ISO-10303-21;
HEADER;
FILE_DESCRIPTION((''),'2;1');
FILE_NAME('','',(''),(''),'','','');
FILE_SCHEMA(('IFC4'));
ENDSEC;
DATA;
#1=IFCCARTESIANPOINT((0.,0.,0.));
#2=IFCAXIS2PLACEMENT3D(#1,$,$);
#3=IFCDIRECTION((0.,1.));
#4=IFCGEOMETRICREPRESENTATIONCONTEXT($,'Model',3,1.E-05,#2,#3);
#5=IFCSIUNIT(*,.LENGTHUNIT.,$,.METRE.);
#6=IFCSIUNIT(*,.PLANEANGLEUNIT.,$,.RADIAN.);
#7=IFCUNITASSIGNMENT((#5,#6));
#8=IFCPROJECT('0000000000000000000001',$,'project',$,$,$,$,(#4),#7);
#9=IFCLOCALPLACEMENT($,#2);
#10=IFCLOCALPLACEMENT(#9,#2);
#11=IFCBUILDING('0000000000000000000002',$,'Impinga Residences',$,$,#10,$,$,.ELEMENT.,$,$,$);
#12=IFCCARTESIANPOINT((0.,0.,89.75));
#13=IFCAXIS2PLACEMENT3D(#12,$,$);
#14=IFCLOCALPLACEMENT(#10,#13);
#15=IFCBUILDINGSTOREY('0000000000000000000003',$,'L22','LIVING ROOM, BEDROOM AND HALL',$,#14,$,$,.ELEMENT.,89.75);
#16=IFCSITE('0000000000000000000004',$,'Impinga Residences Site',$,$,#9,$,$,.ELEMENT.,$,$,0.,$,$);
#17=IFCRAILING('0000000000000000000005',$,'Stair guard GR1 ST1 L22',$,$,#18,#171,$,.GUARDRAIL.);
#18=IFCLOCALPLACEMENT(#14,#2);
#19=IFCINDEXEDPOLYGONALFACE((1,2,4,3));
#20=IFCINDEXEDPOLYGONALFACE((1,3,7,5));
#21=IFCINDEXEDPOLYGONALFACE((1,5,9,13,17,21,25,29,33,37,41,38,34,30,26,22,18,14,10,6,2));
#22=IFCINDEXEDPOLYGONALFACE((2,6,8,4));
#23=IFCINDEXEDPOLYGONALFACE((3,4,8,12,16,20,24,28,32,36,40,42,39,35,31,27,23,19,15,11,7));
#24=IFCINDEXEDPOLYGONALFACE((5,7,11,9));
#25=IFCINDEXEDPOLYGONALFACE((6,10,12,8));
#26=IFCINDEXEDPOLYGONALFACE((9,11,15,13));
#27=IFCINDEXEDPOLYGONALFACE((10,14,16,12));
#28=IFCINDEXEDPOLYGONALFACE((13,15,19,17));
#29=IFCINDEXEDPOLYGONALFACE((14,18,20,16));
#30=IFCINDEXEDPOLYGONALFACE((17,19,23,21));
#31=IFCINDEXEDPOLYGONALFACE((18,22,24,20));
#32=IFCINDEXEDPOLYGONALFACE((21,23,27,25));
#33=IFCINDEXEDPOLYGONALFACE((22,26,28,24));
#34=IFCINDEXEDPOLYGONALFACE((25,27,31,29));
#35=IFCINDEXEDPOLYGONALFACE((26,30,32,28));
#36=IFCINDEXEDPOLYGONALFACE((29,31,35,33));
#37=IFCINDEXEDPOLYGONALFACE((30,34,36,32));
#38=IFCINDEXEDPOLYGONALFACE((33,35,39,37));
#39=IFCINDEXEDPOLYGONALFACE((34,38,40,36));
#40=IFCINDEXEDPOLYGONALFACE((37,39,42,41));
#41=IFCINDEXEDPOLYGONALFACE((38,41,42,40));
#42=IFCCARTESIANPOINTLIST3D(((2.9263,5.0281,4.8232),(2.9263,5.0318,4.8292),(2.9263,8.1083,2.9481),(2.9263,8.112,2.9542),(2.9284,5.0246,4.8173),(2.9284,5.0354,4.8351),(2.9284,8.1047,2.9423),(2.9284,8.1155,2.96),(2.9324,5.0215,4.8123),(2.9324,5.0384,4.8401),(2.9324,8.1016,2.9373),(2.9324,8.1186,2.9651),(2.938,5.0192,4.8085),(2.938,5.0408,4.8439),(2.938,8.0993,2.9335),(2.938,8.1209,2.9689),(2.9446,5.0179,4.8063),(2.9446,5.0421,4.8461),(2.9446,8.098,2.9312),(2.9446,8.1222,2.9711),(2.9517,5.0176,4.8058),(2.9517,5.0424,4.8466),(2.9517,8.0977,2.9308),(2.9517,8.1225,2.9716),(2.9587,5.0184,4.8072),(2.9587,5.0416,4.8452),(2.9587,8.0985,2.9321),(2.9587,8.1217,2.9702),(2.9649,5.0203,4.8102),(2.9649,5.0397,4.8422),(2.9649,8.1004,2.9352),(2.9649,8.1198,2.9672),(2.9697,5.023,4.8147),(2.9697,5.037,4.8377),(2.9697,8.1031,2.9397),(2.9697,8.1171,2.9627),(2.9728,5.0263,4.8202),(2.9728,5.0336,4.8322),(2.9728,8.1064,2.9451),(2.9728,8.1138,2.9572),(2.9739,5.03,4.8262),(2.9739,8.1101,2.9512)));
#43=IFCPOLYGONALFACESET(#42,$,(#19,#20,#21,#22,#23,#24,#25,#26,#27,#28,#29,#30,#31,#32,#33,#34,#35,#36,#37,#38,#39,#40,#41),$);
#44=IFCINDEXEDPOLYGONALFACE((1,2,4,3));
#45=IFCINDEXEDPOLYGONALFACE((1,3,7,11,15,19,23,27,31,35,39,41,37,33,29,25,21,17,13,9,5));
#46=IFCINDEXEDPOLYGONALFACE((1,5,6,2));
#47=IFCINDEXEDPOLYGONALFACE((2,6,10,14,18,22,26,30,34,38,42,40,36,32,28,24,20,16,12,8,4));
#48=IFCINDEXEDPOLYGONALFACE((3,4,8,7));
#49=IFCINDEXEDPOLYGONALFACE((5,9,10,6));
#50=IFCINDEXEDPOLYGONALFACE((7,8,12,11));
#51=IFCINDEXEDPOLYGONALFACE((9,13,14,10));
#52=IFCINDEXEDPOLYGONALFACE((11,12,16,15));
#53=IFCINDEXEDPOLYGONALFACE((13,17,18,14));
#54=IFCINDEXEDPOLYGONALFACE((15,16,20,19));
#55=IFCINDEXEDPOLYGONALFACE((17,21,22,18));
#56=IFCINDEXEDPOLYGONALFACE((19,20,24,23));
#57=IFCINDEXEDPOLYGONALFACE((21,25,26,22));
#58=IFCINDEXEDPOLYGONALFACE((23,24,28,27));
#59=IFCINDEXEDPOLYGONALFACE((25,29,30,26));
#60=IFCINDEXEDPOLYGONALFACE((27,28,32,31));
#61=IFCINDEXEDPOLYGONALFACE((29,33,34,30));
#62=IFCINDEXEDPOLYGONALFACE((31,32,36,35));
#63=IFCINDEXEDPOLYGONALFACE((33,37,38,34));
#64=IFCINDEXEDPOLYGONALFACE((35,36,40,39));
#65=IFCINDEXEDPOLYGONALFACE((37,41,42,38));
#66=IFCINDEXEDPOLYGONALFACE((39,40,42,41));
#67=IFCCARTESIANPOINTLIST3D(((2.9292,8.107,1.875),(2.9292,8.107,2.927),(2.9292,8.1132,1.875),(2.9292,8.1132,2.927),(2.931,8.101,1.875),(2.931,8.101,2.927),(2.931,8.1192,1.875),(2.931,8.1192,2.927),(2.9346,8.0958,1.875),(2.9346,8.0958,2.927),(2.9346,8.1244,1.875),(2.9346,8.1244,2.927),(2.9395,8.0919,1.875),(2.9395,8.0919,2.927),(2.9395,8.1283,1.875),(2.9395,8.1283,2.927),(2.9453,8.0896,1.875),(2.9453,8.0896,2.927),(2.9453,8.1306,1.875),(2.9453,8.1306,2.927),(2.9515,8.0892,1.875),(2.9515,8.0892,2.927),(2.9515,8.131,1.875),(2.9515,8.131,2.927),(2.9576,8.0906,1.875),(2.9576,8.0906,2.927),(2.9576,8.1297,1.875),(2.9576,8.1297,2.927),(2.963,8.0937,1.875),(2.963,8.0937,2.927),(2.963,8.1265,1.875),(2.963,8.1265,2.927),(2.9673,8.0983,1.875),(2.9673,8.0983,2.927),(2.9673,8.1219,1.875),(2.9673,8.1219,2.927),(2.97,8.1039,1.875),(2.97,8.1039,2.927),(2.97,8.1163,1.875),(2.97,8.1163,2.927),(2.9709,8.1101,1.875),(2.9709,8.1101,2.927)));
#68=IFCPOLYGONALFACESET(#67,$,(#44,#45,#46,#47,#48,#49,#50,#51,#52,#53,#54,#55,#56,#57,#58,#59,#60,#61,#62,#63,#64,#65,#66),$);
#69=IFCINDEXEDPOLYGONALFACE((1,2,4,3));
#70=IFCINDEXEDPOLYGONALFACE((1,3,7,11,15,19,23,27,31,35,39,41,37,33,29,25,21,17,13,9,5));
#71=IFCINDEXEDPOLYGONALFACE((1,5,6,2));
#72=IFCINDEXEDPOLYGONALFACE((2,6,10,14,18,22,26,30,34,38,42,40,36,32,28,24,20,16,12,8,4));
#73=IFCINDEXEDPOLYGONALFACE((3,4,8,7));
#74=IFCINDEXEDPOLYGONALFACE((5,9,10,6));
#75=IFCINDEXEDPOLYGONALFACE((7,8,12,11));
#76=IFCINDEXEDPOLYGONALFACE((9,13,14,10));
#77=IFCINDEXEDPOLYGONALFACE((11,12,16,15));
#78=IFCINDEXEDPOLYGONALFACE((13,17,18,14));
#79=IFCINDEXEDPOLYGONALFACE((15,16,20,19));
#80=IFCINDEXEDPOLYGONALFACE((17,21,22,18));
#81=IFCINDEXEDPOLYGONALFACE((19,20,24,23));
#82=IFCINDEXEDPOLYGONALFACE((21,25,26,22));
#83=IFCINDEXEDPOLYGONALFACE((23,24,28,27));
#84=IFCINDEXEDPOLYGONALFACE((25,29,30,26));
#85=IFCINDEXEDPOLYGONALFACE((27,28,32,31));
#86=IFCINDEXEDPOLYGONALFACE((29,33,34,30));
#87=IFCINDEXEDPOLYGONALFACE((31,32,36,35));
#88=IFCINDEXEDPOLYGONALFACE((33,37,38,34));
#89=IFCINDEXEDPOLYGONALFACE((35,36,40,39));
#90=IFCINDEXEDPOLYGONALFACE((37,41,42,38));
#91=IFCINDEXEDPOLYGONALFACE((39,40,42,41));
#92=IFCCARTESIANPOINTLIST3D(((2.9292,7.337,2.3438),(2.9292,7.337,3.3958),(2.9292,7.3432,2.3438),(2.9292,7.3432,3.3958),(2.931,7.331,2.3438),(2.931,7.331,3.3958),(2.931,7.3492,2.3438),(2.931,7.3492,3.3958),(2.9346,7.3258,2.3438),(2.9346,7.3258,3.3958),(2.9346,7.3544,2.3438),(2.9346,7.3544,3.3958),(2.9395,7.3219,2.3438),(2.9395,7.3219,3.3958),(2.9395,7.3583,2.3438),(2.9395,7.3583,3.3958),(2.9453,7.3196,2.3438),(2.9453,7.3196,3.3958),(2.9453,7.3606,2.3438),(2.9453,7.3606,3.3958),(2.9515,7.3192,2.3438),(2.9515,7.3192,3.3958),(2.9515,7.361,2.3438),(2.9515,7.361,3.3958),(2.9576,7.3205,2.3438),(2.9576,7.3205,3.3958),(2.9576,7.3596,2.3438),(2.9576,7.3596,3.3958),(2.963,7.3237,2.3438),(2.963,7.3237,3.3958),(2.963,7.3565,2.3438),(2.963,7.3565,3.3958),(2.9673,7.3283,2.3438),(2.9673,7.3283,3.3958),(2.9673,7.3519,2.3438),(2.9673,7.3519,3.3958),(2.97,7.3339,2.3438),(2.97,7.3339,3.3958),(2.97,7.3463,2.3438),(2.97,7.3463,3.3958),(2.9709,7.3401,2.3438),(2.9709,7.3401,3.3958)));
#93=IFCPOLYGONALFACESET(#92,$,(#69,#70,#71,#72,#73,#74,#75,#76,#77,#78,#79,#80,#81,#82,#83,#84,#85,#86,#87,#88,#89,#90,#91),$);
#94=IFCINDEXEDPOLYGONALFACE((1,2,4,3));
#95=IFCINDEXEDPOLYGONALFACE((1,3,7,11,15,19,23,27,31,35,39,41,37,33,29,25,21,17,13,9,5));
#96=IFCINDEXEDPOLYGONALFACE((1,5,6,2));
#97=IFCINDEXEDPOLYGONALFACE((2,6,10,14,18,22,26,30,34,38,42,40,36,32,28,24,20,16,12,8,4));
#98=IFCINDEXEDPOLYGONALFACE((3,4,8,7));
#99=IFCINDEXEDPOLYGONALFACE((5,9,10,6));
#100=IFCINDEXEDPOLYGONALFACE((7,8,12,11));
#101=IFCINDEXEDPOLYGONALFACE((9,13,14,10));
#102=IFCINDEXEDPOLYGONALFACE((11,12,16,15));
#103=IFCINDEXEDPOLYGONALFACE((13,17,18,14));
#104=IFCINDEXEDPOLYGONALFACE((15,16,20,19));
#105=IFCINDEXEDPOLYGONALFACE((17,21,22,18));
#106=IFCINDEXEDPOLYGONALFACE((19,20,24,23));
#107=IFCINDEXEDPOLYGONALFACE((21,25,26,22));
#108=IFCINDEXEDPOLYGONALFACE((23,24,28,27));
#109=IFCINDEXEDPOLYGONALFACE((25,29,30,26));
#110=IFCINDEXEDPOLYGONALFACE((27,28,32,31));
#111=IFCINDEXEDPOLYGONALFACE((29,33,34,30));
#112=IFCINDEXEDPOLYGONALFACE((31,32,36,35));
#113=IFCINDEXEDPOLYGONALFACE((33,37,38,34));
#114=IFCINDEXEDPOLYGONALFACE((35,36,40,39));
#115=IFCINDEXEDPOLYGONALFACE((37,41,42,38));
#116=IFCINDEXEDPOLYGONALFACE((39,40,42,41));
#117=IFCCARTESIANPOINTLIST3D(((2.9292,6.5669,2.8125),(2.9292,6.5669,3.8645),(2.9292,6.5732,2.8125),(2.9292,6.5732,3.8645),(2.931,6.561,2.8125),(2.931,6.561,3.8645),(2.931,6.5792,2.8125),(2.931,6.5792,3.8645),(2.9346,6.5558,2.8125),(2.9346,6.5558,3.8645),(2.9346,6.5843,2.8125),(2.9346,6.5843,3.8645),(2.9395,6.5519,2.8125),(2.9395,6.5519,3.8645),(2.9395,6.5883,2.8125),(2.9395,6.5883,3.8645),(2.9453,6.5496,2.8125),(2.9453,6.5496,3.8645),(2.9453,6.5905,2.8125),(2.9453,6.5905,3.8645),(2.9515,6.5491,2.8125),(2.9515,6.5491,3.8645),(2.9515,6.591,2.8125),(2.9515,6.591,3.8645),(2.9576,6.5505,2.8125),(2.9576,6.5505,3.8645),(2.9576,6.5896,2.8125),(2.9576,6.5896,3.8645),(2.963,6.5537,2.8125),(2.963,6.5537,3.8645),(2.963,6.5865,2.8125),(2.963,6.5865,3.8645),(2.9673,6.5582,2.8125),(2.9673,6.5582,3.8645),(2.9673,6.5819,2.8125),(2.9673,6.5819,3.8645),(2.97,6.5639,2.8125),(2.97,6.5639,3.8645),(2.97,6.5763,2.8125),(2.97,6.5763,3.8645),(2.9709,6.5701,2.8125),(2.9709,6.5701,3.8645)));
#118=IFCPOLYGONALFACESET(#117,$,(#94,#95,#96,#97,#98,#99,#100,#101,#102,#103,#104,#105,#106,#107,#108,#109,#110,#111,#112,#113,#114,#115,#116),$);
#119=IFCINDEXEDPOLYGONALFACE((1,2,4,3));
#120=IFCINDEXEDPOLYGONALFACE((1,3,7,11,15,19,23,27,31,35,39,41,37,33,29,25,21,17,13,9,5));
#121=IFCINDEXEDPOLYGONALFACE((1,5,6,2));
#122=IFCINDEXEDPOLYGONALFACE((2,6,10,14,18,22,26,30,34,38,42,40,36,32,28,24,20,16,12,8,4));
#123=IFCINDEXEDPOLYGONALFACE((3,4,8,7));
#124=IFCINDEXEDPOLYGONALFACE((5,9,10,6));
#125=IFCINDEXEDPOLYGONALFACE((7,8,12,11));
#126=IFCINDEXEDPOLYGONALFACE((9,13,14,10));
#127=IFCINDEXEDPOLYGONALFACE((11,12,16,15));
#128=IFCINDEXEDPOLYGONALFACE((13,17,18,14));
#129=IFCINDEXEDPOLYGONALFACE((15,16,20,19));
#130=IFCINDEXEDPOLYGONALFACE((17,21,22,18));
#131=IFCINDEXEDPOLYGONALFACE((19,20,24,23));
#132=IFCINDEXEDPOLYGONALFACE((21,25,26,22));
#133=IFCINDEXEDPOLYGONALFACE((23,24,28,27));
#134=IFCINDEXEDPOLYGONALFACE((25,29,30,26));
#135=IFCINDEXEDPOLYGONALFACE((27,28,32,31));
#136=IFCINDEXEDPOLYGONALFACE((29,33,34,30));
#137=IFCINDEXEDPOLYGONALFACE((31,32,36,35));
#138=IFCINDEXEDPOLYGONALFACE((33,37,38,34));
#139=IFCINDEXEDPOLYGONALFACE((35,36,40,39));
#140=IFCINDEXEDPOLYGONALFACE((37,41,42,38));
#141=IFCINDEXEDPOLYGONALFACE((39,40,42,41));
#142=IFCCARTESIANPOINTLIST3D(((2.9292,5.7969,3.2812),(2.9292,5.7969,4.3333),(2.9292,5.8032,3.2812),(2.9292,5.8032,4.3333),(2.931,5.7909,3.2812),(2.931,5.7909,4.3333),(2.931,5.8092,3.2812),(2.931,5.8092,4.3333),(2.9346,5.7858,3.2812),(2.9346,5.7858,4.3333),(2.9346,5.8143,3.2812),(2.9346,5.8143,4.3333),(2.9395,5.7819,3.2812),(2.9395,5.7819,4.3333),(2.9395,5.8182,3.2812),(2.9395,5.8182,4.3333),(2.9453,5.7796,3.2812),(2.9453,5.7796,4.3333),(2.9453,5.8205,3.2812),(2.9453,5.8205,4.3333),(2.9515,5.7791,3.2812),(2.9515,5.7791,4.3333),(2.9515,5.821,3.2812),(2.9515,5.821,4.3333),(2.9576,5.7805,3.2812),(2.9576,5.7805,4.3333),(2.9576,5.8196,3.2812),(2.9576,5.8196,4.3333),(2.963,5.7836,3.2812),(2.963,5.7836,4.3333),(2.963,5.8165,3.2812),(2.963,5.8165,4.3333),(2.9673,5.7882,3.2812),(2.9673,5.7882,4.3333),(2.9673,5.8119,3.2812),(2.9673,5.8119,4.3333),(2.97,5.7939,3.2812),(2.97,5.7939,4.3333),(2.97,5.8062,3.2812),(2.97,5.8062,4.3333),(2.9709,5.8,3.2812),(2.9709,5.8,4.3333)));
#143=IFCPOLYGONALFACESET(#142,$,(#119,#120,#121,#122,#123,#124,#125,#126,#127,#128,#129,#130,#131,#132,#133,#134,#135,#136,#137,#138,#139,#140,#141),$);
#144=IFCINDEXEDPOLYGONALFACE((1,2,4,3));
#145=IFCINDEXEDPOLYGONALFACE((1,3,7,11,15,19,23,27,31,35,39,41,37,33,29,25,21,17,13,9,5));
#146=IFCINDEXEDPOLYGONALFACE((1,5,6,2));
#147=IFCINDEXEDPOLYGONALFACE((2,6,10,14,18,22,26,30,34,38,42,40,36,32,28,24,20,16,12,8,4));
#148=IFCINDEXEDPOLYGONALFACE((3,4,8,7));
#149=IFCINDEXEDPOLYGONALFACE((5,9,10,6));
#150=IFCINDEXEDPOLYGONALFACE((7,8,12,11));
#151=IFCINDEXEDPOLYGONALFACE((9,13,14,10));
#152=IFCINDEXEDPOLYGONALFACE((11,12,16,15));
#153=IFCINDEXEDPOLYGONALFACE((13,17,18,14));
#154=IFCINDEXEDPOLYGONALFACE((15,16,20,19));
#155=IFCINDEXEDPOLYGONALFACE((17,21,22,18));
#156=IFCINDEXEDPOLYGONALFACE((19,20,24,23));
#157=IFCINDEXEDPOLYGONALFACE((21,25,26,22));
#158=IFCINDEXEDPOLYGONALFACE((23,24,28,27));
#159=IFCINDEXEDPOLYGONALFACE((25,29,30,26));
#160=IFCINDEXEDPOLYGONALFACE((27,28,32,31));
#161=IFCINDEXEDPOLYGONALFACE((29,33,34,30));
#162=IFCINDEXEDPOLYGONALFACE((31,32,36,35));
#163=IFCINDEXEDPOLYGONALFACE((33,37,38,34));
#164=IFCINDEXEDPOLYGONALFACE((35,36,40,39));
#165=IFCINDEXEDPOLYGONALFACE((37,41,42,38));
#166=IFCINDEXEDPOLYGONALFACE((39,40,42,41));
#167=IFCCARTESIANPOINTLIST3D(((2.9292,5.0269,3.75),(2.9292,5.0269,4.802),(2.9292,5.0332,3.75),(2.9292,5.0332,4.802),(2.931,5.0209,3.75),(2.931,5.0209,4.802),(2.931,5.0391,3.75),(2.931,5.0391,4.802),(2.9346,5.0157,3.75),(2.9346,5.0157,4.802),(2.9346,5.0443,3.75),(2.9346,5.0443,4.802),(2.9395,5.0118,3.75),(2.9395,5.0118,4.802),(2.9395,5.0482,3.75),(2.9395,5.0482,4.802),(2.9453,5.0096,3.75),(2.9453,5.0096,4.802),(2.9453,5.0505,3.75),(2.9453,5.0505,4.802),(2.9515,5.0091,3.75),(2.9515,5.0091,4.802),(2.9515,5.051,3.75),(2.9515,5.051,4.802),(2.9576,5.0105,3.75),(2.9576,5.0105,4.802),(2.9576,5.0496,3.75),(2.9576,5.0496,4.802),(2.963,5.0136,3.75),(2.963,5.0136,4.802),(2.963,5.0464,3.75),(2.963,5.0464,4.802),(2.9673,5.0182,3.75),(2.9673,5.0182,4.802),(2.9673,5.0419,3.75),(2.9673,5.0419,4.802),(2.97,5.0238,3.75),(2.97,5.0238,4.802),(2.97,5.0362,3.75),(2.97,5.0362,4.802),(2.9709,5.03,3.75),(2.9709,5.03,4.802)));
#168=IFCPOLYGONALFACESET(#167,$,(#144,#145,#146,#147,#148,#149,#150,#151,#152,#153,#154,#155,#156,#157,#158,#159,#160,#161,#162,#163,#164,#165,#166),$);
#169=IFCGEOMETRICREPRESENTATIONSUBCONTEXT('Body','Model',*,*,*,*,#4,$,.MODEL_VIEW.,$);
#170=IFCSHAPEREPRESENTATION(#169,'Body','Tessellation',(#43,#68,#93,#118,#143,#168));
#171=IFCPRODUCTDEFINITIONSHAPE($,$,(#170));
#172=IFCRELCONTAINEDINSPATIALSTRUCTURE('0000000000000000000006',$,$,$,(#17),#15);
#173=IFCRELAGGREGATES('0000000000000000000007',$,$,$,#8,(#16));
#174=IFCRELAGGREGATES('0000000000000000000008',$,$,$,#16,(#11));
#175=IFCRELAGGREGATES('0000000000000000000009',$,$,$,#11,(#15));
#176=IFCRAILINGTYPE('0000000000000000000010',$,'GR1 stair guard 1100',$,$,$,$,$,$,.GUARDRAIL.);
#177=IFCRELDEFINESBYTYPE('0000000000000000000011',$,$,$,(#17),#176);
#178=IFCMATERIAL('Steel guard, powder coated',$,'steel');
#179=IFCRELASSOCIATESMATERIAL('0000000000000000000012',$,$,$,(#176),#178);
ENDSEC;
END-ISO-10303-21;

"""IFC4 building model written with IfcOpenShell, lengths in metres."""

from ifc_helpers import new_model, si_unit, direction, frame, origin, origin_2d, place, context, subcontext, project, spatial, circle, extrude, material, type_object, element, save


model = new_model("IFC4")

# Units and contexts
model_context = context("Model", 3, precision=1e-05, world=origin(), true_north=direction((0.0, 1.0)))
body_context = subcontext(model_context, "Body", "Model", "MODEL_VIEW")
ifc_project = project(units=[si_unit("LENGTHUNIT", "METRE"), si_unit("PLANEANGLEUNIT", "RADIAN")], contexts=[model_context])

# Site, building, storey
site_placement = place(None, origin())
site = spatial("IfcSite", under=ifc_project, at=site_placement, Name="Impinga Residences Site", CompositionType="ELEMENT", RefElevation=0.0)
building_placement = place(site_placement, origin())
building = spatial("IfcBuilding", under=site, at=building_placement, Name="Impinga Residences", CompositionType="ELEMENT")
storey_placement = place(building_placement, frame((0.0, 0.0, 89.75)))
storey = spatial("IfcBuildingStorey", under=building, at=storey_placement, Name="L22", Description="LIVING ROOM, BEDROOM AND HALL", CompositionType="ELEMENT", Elevation=89.75)

# Railing
ifc_material_1 = material(Name="Steel guard, powder coated", Category="steel")
railing_type_1 = type_object("IfcRailingType", Name="GR1 stair guard 1100", PredefinedType="GUARDRAIL", material=ifc_material_1)
railing_1_placement = place(storey_placement, frame((2.95, 8.1101, 1.875)))
element("IfcRailing", 1, at=railing_1_placement, inside=storey, type_object=railing_type_1, Name="Stair guard GR1 ST1 L22", PredefinedType="GUARDRAIL", context=body_context, shape_type="SweptSolid", body=[
    extrude(circle(Radius=0.0239, at=origin_2d()), frame((0.0, 0.0, 1.0762), z_axis=(0.0, -0.854178, 0.519981), x_axis=(1.0, 0.0, 0.0)), (0.0, 0.0, 1.0), 3.606),
    extrude(circle(Radius=0.021, at=origin_2d()), origin(), (0.0, 0.0, 1.0), 1.052),
    extrude(circle(Radius=0.021, at=origin_2d()), frame((0.0, -0.77, 0.4688)), (0.0, 0.0, 1.0), 1.052),
    extrude(circle(Radius=0.021, at=origin_2d()), frame((0.0, -1.54, 0.9375)), (0.0, 0.0, 1.0), 1.052),
    extrude(circle(Radius=0.021, at=origin_2d()), frame((0.0, -2.3101, 1.4062)), (0.0, 0.0, 1.0), 1.052),
    extrude(circle(Radius=0.021, at=origin_2d()), frame((0.0, -3.0801, 1.875)), (0.0, 0.0, 1.0), 1.052),
])

save(model, "model.ifc")
